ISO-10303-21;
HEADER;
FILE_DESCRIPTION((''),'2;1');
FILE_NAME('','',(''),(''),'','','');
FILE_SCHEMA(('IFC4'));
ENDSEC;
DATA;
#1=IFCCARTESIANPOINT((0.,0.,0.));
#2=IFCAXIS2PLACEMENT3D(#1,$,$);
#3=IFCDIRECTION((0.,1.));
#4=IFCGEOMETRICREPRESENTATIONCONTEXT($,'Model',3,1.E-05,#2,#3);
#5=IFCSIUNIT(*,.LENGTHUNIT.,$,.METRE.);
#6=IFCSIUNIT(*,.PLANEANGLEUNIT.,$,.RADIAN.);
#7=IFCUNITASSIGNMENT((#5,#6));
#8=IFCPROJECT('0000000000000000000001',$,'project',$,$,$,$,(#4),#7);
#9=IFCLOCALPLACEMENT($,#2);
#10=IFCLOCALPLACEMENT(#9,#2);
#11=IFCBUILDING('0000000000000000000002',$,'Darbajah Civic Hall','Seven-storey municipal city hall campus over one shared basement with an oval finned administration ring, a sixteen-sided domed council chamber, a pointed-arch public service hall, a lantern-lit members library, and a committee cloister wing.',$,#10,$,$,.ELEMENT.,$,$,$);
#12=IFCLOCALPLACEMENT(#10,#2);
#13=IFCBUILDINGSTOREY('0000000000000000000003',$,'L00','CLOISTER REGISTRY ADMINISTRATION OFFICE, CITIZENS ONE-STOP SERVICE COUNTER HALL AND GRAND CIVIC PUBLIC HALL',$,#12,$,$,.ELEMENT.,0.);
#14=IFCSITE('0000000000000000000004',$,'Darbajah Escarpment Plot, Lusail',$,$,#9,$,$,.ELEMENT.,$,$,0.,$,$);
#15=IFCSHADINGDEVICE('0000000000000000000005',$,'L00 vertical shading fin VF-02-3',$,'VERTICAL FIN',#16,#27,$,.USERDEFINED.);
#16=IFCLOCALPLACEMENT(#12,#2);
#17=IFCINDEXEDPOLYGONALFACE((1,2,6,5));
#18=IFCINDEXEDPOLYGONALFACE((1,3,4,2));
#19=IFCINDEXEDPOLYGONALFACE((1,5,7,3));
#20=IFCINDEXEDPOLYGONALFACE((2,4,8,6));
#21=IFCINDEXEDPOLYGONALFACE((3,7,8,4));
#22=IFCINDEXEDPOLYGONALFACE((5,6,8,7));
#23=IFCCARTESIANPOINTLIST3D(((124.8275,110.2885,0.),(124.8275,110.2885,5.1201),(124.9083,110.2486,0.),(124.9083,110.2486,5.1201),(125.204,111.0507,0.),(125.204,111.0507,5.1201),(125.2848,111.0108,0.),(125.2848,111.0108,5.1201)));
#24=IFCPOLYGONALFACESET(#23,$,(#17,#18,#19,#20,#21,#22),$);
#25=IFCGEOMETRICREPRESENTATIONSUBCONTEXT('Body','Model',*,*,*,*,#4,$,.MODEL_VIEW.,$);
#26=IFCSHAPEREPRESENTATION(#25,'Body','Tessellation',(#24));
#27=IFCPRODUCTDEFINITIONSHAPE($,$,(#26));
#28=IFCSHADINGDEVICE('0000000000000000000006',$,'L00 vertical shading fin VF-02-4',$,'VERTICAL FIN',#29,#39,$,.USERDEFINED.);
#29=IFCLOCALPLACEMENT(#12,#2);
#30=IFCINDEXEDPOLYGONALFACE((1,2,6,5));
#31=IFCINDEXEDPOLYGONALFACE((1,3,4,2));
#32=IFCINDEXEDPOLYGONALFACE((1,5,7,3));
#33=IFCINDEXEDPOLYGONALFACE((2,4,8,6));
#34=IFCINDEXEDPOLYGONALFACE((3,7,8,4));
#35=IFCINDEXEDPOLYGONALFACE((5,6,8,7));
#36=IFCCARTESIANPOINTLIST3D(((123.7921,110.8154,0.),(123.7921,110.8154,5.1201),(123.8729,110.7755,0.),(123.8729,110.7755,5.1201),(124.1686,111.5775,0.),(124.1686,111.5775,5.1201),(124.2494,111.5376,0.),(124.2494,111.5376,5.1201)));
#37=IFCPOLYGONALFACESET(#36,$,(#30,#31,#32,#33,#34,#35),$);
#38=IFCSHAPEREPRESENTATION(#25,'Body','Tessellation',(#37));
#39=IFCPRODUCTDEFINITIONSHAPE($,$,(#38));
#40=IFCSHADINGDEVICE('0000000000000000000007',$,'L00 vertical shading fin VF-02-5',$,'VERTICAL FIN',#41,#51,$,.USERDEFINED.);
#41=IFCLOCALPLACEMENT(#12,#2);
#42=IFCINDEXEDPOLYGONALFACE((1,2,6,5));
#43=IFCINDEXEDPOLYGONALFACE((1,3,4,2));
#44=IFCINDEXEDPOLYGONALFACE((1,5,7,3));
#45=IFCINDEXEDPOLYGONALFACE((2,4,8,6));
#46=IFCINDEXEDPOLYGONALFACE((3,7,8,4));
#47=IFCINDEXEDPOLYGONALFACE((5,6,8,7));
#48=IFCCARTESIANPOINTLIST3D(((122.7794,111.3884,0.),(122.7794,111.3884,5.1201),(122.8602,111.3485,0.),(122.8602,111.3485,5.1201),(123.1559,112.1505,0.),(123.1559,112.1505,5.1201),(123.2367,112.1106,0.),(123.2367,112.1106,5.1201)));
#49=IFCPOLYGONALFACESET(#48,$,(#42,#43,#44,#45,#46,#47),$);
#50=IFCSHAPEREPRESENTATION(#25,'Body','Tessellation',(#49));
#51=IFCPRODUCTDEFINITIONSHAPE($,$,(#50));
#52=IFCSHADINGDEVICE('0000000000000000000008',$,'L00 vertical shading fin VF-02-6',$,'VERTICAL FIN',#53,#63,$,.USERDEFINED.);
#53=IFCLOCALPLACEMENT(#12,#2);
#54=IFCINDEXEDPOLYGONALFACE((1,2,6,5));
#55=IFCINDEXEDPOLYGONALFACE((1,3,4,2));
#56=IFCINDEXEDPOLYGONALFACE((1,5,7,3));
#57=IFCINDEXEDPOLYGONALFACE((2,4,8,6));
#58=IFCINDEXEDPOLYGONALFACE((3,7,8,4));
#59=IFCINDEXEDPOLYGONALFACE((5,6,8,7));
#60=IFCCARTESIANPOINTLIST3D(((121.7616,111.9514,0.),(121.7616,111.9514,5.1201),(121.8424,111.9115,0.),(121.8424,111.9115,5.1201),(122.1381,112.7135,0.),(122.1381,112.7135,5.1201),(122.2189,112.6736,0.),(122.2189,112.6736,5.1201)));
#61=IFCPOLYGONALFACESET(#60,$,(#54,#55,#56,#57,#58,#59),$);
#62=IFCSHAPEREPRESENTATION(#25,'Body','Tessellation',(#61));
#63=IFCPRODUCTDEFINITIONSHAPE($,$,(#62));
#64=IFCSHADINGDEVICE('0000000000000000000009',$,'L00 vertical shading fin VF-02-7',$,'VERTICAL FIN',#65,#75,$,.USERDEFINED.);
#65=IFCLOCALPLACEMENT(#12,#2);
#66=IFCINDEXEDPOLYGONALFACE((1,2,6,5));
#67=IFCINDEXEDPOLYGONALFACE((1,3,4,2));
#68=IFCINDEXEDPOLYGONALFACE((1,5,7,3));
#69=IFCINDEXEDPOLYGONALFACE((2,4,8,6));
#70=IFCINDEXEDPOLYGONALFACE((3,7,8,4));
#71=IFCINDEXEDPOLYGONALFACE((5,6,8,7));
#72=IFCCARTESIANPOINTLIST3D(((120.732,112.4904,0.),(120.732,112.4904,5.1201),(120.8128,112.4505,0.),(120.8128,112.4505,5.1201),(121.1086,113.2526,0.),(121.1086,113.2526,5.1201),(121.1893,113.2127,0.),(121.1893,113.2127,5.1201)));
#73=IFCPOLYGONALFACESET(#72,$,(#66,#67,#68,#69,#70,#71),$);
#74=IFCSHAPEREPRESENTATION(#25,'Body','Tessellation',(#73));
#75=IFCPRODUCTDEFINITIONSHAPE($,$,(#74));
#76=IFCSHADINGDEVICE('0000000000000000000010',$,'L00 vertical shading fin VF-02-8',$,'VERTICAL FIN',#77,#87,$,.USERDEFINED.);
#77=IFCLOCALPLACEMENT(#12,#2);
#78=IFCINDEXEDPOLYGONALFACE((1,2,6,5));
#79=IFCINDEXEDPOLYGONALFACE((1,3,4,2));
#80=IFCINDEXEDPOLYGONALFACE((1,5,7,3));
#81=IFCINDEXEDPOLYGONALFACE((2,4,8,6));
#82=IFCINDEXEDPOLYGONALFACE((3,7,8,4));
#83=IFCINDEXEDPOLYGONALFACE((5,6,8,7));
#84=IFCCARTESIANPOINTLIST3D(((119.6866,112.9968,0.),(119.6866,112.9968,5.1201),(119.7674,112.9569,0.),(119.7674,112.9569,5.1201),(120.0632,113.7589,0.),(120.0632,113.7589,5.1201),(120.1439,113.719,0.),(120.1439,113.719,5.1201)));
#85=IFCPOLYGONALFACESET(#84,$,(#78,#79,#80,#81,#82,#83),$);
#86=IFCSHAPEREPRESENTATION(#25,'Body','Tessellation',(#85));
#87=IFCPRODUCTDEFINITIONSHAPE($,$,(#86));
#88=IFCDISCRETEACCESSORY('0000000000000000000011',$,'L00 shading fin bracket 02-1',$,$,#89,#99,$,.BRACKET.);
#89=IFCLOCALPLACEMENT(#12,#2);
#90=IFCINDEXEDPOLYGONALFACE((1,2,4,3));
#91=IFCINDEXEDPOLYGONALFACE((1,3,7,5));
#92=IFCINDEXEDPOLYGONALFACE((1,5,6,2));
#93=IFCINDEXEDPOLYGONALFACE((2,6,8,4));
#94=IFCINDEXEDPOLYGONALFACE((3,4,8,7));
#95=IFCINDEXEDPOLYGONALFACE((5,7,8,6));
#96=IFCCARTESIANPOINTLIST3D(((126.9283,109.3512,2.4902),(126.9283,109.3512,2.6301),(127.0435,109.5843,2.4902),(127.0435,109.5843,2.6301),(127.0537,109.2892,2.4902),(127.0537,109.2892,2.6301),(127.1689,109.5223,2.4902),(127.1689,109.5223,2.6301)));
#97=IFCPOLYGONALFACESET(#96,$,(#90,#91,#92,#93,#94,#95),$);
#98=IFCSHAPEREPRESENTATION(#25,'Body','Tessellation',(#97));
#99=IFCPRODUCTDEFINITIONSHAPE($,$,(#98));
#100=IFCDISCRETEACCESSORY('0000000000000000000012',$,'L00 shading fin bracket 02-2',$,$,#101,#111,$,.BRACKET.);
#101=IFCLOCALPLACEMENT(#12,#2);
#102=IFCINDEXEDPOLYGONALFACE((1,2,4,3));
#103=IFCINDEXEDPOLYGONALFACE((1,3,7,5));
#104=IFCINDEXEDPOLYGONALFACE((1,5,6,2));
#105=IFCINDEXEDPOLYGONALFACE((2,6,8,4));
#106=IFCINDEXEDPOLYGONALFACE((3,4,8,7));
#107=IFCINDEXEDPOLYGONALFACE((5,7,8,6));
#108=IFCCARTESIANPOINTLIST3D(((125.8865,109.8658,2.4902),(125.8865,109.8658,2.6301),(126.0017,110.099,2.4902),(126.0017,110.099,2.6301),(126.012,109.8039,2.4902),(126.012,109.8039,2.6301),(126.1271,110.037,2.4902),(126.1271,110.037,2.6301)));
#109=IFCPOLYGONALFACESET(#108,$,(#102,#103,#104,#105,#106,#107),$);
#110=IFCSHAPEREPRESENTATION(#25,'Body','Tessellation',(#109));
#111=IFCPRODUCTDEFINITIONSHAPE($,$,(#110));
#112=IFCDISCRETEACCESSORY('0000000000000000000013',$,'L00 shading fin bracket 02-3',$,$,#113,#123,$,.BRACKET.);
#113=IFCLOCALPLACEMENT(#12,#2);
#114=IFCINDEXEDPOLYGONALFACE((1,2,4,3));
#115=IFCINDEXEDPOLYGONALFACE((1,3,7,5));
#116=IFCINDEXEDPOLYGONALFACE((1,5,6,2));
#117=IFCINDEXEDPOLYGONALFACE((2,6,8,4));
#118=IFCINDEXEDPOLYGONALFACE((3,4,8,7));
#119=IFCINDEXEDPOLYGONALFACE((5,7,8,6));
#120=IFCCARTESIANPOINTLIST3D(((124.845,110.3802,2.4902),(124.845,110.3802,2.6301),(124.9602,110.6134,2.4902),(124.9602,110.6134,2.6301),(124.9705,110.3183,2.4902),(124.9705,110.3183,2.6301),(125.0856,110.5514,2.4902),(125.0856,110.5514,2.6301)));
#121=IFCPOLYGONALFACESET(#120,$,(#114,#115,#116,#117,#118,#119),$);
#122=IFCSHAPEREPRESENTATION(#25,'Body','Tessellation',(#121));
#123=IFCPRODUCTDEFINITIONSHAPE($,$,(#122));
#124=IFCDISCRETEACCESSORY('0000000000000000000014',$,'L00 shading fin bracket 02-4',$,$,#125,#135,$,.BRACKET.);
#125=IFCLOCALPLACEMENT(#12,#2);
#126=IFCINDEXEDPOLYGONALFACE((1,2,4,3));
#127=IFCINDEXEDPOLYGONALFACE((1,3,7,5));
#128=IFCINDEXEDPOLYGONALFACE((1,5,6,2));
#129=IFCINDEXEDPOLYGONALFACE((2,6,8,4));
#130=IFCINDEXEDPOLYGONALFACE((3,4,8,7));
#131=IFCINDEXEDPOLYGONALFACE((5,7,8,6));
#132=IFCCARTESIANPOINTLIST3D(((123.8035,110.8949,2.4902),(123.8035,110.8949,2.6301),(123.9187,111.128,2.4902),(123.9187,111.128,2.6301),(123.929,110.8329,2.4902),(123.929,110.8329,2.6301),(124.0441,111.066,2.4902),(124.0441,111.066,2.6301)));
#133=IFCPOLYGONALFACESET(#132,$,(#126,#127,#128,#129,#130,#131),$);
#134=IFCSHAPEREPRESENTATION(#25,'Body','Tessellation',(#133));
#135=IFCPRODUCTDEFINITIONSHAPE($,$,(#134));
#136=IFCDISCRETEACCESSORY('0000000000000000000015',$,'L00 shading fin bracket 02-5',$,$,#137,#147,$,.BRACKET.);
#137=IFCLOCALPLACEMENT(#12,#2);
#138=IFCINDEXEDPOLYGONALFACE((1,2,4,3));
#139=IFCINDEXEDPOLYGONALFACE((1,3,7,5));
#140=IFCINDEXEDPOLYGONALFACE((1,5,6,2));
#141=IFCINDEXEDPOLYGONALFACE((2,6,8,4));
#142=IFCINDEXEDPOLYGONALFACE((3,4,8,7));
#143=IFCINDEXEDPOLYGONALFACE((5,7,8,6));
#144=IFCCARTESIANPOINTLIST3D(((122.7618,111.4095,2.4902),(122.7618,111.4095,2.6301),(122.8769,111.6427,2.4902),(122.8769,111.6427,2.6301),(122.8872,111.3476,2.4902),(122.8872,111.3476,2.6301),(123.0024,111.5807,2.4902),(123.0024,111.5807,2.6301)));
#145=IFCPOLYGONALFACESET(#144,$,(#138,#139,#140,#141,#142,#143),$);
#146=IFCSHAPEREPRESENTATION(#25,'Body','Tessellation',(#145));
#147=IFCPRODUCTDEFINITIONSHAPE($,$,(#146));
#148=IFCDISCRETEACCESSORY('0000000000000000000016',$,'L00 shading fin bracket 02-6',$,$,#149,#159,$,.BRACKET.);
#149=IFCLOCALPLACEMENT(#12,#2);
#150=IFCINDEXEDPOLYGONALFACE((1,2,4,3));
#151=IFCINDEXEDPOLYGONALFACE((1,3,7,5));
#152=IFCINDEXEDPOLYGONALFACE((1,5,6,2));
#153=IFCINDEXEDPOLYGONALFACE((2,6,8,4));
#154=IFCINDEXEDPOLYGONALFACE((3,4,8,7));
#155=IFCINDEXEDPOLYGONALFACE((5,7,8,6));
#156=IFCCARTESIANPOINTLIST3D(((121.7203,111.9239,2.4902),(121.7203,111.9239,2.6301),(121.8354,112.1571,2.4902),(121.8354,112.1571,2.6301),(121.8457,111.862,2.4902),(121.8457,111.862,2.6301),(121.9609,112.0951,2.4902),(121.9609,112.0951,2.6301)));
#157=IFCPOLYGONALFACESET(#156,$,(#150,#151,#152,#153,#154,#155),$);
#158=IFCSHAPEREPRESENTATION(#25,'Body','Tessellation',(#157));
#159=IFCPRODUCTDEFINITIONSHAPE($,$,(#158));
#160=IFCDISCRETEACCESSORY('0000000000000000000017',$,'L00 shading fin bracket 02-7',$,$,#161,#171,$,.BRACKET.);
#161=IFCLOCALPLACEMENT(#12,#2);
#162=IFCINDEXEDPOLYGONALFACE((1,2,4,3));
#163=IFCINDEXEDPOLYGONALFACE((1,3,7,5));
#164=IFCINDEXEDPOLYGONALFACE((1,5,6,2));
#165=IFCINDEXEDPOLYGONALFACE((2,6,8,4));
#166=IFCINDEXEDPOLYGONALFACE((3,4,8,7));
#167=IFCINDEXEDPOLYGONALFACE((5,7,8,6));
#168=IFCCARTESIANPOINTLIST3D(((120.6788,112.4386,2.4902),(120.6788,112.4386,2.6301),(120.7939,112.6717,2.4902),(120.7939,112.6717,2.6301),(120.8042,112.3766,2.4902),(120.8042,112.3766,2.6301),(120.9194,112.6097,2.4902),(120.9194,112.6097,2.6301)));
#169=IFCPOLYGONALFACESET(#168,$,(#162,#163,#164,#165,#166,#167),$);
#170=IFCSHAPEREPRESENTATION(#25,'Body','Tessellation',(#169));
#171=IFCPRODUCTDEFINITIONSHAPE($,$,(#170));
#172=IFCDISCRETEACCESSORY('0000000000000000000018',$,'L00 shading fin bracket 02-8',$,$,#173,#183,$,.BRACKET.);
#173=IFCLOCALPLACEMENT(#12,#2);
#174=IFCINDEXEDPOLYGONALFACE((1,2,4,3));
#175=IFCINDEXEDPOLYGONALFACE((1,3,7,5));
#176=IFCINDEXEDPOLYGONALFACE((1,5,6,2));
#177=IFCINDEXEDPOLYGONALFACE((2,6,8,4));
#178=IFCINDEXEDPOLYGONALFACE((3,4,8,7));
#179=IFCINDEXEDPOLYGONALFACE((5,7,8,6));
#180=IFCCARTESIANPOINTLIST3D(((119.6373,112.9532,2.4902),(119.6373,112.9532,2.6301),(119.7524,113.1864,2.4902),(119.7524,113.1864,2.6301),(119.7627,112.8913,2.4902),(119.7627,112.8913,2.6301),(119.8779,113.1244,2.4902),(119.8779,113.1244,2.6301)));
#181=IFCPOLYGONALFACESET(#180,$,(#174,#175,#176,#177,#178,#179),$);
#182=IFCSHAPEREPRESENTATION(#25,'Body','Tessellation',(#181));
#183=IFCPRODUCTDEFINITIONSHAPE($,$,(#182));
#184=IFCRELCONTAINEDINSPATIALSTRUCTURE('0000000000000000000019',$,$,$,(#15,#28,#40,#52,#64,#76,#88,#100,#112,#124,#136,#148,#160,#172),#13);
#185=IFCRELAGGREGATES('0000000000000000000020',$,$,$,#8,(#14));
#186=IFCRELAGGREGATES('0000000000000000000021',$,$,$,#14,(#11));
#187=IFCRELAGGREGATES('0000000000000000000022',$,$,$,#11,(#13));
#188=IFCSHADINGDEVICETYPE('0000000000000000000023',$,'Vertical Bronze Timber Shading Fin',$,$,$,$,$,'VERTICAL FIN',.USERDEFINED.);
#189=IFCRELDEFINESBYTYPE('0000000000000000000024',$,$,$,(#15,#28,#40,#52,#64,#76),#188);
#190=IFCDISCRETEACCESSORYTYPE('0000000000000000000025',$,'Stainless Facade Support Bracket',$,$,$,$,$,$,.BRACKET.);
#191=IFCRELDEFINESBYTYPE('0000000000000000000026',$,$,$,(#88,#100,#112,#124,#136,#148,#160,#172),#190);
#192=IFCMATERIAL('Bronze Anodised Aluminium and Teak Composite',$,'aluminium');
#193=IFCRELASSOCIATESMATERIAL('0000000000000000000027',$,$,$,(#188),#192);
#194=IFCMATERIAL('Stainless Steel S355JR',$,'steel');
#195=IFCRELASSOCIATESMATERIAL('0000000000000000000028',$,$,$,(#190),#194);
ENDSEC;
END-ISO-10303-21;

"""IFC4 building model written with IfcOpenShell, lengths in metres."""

from ifc_helpers import new_model, si_unit, direction, frame, origin, origin_2d, place, context, subcontext, project, spatial, rectangle, extrude, material, type_object, element, save


model = new_model("IFC4")

# Units and contexts
model_context = context("Model", 3, precision=1e-05, world=origin(), true_north=direction((0.0, 1.0)))
body_context = subcontext(model_context, "Body", "Model", "MODEL_VIEW")
ifc_project = project(units=[si_unit("LENGTHUNIT", "METRE"), si_unit("PLANEANGLEUNIT", "RADIAN")], contexts=[model_context])

# Site, building, storey
site_placement = place(None, origin())
site = spatial("IfcSite", under=ifc_project, at=site_placement, Name="Darbajah Escarpment Plot, Lusail", CompositionType="ELEMENT", RefElevation=0.0)
building_placement = place(site_placement, origin())
building = spatial("IfcBuilding", under=site, at=building_placement, Name="Darbajah Civic Hall", Description="Seven-storey municipal city hall campus over one shared basement with an oval finned administration ring, a sixteen-sided domed council chamber, a pointed-arch public service hall, a lantern-lit members library, and a committee cloister wing.", CompositionType="ELEMENT")
storey_placement = place(building_placement, origin())
storey = spatial("IfcBuildingStorey", under=building, at=storey_placement, Name="L00", Description="CLOISTER REGISTRY ADMINISTRATION OFFICE, CITIZENS ONE-STOP SERVICE COUNTER HALL AND GRAND CIVIC PUBLIC HALL", CompositionType="ELEMENT", Elevation=0.0)

# Shading devices
ifc_material_1 = material(Name="Bronze Anodised Aluminium and Teak Composite", Category="aluminium")
shading_device_type = type_object("IfcShadingDeviceType", Name="Vertical Bronze Timber Shading Fin", ElementType="VERTICAL FIN", PredefinedType="USERDEFINED", material=ifc_material_1)
for number, where, z_axis, x_axis, name in (
    (1, (125.0562, 110.6497, 0.0), (0.0, 0.0, 1.0), (0.442915, 0.896564, 0.0), "L00 vertical shading fin VF-02-3"),
    (2, (124.0208, 111.1765, 0.0), (0.0, 0.0, 1.0), (0.442915, 0.896564, 0.0), "L00 vertical shading fin VF-02-4"),
    (3, (123.0081, 111.7495, 0.0), (0.0, 0.0, 1.0), (0.442915, 0.896564, 0.0), "L00 vertical shading fin VF-02-5"),
    (4, (121.9902, 112.3125, 0.0), (0.0, 0.0, 1.0), (0.442915, 0.896564, 0.0), "L00 vertical shading fin VF-02-6"),
    (5, (120.9607, 112.8516, 0.0), (0.0, 0.0, 1.0), (0.442915, 0.896564, 0.0), "L00 vertical shading fin VF-02-7"),
    (6, (119.9153, 113.3579, 0.0), (0.0, 0.0, 1.0), (0.442915, 0.896564, 0.0), "L00 vertical shading fin VF-02-8"),
):
    element("IfcShadingDevice", number, at=place(storey_placement, frame(where, z_axis=z_axis, x_axis=x_axis)), inside=storey, type_object=shading_device_type, Name=name, ObjectType="VERTICAL FIN", PredefinedType="USERDEFINED", context=body_context, shape_type="SweptSolid", body=[
        extrude(rectangle(XDim=0.8501, YDim=0.0901, at=origin_2d()), origin(), (0.0, 0.0, 1.0), 5.1201),
    ])

# Discrete accessories
ifc_material_2 = material(Name="Stainless Steel S355JR", Category="steel")
discrete_accessory_type = type_object("IfcDiscreteAccessoryType", Name="Stainless Facade Support Bracket", PredefinedType="BRACKET", material=ifc_material_2)
for number, where, z_axis, x_axis, name in (
    (7, (127.0486, 109.4368, 2.4902), (0.0, 0.0, 1.0), (0.442915, 0.896564, 0.0), "L00 shading fin bracket 02-1"),
    (8, (126.0068, 109.9514, 2.4902), (0.0, 0.0, 1.0), (0.442915, 0.896564, 0.0), "L00 shading fin bracket 02-2"),
    (9, (124.9653, 110.4658, 2.4902), (0.0, 0.0, 1.0), (0.442915, 0.896564, 0.0), "L00 shading fin bracket 02-3"),
    (10, (123.9238, 110.9805, 2.4902), (0.0, 0.0, 1.0), (0.442915, 0.896564, 0.0), "L00 shading fin bracket 02-4"),
    (11, (122.8821, 111.4951, 2.4902), (0.0, 0.0, 1.0), (0.442915, 0.896564, 0.0), "L00 shading fin bracket 02-5"),
    (12, (121.8406, 112.0095, 2.4902), (0.0, 0.0, 1.0), (0.442915, 0.896564, 0.0), "L00 shading fin bracket 02-6"),
    (13, (120.7991, 112.5242, 2.4902), (0.0, 0.0, 1.0), (0.442915, 0.896564, 0.0), "L00 shading fin bracket 02-7"),
    (14, (119.7576, 113.0388, 2.4902), (0.0, 0.0, 1.0), (0.442915, 0.896564, 0.0), "L00 shading fin bracket 02-8"),
):
    element("IfcDiscreteAccessory", number, at=place(storey_placement, frame(where, z_axis=z_axis, x_axis=x_axis)), inside=storey, type_object=discrete_accessory_type, Name=name, PredefinedType="BRACKET", context=body_context, shape_type="SweptSolid", body=[
        extrude(rectangle(XDim=0.26, YDim=0.1399, at=origin_2d()), origin(), (0.0, 0.0, 1.0), 0.1399),
    ])

save(model, "model.ifc")
